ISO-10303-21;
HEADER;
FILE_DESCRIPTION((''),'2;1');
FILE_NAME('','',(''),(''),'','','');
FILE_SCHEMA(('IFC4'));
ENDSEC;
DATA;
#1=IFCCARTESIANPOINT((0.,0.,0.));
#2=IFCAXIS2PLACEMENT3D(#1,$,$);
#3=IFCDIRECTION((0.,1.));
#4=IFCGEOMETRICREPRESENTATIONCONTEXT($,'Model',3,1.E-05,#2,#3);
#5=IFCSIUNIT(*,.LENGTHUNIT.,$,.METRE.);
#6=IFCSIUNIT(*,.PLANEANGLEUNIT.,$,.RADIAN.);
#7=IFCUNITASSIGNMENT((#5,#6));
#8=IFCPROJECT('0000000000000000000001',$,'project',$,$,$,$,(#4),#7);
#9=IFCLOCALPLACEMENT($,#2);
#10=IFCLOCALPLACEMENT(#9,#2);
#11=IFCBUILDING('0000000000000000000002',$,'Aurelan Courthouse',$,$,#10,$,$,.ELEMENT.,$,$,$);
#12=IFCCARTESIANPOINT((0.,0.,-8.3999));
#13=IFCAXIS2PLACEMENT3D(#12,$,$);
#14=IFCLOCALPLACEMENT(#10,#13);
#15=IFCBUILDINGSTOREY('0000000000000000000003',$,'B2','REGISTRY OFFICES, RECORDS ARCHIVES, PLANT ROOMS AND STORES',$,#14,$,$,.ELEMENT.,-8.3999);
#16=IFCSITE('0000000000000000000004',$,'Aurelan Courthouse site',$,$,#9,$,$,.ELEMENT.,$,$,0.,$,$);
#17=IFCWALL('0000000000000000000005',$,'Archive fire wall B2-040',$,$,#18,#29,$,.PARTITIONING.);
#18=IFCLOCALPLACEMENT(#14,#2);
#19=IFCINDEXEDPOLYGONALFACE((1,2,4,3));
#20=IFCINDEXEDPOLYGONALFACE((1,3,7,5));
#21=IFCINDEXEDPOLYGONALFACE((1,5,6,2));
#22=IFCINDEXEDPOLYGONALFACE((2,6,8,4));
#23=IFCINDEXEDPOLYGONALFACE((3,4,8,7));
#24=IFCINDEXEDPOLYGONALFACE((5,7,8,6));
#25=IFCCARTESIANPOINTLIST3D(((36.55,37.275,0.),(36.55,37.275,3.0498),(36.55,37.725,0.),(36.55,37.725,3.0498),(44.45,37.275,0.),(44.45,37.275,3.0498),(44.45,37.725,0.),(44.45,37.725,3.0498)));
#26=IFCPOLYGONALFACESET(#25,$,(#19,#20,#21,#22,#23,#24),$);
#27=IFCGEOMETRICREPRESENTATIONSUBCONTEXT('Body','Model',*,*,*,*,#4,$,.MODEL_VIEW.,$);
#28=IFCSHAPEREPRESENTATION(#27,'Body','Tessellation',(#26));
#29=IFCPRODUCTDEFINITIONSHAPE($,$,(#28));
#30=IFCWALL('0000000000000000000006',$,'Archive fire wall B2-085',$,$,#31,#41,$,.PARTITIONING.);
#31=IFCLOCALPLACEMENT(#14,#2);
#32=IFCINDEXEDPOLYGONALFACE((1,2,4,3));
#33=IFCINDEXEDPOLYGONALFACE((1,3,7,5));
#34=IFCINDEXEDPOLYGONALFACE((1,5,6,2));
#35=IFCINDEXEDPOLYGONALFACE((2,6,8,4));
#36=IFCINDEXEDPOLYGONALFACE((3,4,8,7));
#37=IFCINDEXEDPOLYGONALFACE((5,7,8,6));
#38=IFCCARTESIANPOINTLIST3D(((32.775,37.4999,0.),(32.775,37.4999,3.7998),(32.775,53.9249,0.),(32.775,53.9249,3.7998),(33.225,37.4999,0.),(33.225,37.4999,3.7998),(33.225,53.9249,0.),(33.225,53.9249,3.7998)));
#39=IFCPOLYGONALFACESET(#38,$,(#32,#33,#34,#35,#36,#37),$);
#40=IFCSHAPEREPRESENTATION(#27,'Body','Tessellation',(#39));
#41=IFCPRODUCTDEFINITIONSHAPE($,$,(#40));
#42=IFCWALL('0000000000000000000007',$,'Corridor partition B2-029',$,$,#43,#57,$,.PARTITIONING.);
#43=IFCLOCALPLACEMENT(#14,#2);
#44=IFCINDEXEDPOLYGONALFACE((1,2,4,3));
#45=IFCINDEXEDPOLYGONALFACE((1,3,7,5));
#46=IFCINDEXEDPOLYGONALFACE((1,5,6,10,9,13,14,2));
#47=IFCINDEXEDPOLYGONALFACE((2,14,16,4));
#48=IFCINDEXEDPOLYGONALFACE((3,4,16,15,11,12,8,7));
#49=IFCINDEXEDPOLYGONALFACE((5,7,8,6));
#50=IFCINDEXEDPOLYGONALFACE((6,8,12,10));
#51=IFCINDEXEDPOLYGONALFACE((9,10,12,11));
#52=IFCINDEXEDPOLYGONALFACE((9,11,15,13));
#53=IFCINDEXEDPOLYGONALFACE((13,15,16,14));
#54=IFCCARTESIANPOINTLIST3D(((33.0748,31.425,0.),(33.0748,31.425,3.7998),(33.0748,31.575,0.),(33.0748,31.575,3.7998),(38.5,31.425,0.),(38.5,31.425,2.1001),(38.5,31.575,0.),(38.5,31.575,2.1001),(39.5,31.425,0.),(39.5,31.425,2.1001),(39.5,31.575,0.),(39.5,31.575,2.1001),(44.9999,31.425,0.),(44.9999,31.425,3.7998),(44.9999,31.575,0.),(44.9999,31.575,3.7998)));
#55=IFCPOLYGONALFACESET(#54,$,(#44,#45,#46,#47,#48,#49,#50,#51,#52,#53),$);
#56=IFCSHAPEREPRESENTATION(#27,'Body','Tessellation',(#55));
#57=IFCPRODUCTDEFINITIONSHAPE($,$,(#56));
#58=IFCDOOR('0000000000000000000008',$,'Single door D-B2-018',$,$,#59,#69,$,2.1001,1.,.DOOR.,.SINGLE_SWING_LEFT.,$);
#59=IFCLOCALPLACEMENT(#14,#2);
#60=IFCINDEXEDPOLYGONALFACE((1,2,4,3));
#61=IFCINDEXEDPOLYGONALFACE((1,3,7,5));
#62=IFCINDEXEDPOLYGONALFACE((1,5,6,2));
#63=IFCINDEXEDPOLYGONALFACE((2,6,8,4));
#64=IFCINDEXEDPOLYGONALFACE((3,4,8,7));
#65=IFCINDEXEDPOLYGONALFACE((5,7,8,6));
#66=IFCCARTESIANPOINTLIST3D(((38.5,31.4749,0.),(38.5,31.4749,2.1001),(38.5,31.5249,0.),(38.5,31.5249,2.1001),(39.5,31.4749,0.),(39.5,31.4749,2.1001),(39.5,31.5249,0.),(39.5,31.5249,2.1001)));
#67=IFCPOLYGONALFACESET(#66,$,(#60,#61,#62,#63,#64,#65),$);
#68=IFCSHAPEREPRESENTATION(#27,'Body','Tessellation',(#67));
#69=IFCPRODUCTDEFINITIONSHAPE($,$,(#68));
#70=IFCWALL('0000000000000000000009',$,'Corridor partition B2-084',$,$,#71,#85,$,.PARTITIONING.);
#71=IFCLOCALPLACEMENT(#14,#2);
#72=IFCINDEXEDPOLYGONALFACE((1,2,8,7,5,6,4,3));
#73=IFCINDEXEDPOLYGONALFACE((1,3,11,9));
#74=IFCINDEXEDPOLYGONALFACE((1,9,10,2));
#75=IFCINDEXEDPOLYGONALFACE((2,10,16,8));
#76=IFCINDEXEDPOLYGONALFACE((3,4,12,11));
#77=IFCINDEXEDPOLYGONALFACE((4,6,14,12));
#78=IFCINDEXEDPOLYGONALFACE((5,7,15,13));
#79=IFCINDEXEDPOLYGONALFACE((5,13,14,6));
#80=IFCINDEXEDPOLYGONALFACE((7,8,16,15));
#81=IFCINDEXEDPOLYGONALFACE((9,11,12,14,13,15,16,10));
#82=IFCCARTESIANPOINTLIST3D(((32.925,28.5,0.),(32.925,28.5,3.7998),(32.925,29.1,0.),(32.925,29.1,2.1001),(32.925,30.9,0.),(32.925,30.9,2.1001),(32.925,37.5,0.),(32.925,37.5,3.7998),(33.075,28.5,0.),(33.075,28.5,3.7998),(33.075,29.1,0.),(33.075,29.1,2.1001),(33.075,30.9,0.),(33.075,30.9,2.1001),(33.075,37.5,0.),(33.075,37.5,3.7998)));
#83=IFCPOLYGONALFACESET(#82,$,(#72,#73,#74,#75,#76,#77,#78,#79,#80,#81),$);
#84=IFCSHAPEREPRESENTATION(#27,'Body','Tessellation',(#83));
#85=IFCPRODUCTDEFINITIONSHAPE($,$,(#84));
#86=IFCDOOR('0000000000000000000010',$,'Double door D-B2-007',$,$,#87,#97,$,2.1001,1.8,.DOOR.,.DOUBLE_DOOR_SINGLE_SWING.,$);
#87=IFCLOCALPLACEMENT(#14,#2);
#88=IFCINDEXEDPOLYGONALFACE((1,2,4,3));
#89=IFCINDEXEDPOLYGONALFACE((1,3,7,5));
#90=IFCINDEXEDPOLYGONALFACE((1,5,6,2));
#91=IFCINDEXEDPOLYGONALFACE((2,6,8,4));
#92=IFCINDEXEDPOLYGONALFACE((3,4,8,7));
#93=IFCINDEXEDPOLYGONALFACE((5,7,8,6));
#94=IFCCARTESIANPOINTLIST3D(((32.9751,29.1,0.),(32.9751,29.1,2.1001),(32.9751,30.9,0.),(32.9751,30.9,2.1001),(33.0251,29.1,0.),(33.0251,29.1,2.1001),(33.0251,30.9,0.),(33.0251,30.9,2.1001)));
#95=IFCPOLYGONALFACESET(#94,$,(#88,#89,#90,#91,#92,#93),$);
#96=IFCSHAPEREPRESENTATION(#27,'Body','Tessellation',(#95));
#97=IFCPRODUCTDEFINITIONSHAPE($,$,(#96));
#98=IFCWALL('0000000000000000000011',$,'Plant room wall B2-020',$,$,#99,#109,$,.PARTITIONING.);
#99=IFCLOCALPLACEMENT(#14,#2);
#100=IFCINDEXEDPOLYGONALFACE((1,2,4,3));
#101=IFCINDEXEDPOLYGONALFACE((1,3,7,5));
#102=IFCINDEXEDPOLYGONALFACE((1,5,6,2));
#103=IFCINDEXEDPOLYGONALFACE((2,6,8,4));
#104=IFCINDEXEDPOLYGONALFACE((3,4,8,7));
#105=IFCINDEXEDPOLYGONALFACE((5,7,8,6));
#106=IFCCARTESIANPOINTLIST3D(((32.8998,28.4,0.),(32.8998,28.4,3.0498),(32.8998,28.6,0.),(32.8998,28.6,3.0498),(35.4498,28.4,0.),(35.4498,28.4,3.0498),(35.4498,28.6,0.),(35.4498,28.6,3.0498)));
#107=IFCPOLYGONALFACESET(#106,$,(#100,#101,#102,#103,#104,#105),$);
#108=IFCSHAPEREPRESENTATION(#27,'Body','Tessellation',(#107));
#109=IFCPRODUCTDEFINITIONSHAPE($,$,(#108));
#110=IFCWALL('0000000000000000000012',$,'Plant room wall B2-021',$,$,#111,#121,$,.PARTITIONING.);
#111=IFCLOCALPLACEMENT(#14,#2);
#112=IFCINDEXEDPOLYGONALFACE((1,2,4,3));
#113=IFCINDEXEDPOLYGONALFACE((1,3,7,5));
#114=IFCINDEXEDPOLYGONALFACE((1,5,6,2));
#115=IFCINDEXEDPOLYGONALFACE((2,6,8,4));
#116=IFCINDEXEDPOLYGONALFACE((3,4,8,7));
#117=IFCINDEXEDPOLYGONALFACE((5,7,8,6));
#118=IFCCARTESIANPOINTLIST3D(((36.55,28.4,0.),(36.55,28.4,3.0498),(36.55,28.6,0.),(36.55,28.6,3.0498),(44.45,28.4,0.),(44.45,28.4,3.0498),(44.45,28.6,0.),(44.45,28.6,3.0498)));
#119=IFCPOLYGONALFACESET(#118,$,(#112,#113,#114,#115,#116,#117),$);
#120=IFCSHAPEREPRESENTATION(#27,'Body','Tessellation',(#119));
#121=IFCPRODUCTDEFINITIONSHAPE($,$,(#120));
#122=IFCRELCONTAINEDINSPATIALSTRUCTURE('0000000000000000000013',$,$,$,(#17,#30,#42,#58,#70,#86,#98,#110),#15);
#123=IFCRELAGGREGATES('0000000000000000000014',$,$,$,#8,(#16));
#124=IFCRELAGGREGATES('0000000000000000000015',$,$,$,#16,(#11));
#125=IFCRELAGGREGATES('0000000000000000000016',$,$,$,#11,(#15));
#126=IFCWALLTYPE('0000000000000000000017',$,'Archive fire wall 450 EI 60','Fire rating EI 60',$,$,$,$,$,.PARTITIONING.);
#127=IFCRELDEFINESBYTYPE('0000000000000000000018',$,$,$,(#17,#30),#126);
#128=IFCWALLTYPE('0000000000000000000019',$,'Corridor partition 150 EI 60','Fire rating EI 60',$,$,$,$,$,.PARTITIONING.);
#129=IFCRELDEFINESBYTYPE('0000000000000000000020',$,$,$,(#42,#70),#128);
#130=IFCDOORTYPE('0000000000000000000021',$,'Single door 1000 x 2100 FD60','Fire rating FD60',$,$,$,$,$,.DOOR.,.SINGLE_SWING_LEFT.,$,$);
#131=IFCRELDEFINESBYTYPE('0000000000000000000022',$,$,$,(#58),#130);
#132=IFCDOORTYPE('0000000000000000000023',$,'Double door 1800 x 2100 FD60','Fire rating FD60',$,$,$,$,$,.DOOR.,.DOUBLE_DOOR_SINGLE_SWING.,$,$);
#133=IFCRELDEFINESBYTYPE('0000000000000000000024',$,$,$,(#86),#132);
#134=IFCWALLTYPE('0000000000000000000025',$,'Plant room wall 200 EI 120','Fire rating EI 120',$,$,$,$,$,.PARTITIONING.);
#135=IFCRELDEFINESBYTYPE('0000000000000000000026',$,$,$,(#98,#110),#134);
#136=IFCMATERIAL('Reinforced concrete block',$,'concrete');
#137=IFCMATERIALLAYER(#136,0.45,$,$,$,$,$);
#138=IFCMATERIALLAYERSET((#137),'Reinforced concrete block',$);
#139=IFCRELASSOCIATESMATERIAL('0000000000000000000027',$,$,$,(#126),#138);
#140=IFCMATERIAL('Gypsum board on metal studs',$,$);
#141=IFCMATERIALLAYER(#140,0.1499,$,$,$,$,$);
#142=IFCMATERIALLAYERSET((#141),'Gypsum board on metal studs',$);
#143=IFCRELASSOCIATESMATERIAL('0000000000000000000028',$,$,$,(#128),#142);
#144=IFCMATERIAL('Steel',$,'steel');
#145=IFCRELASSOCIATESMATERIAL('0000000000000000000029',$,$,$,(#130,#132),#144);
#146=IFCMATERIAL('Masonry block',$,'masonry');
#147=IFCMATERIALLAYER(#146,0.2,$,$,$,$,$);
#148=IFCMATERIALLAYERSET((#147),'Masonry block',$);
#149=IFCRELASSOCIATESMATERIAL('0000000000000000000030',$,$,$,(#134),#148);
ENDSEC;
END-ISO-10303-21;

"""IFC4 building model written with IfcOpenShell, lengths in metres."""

from ifc_helpers import new_model, si_unit, direction, frame, frame_2d, origin, place, context, subcontext, project, spatial, rectangle, extrude, material, layer, layer_set, type_object, element, fill, save


model = new_model("IFC4")

# Units and contexts
model_context = context("Model", 3, precision=1e-05, world=origin(), true_north=direction((0.0, 1.0)))
body_context = subcontext(model_context, "Body", "Model", "MODEL_VIEW")
ifc_project = project(units=[si_unit("LENGTHUNIT", "METRE"), si_unit("PLANEANGLEUNIT", "RADIAN")], contexts=[model_context])

# Site, building, storey
site_placement = place(None, origin())
site = spatial("IfcSite", under=ifc_project, at=site_placement, Name="Aurelan Courthouse site", CompositionType="ELEMENT", RefElevation=0.0)
building_placement = place(site_placement, origin())
building = spatial("IfcBuilding", under=site, at=building_placement, Name="Aurelan Courthouse", CompositionType="ELEMENT")
storey_placement = place(building_placement, frame((0.0, 0.0, -8.3999)))
storey = spatial("IfcBuildingStorey", under=building, at=storey_placement, Name="B2", Description="REGISTRY OFFICES, RECORDS ARCHIVES, PLANT ROOMS AND STORES", CompositionType="ELEMENT", Elevation=-8.3999)

# Walls
ifc_material_1 = material(Name="Reinforced concrete block", Category="concrete")
ifc_layer_1 = layer(ifc_material_1, 0.45)
ifc_layer_set_1 = layer_set([ifc_layer_1], Name="Reinforced concrete block")
wall_type_1 = type_object("IfcWallType", Name="Archive fire wall 450 EI 60", Description="Fire rating EI 60", PredefinedType="PARTITIONING", material=ifc_layer_set_1)
wall_1_placement = place(storey_placement, frame((36.55, 37.5, 0.0), z_axis=(0.0, 0.0, 1.0), x_axis=(1.0, 0.0, 0.0)))
element("IfcWall", 1, at=wall_1_placement, inside=storey, type_object=wall_type_1, Name="Archive fire wall B2-040", PredefinedType="PARTITIONING", context=body_context, shape_type="SweptSolid", body=[
    extrude(rectangle(XDim=7.8999, YDim=0.45, at=frame_2d((3.95, 0.0))), origin(), (0.0, 0.0, 1.0), 3.0498),
])
wall_2_placement = place(storey_placement, frame((33.0, 37.5, 0.0), z_axis=(0.0, 0.0, 1.0), x_axis=(0.0, 1.0, 0.0)))
element("IfcWall", 2, at=wall_2_placement, inside=storey, type_object=wall_type_1, Name="Archive fire wall B2-085", PredefinedType="PARTITIONING", context=body_context, shape_type="SweptSolid", body=[
    extrude(rectangle(XDim=16.425, YDim=0.45, at=frame_2d((8.2124, 0.0))), origin(), (0.0, 0.0, 1.0), 3.7998),
])

# Walls, openings, doors
ifc_material_2 = material(Name="Gypsum board on metal studs")
ifc_layer_2 = layer(ifc_material_2, 0.1499)
ifc_layer_set_2 = layer_set([ifc_layer_2], Name="Gypsum board on metal studs")
wall_type_2 = type_object("IfcWallType", Name="Corridor partition 150 EI 60", Description="Fire rating EI 60", PredefinedType="PARTITIONING", material=ifc_layer_set_2)
wall_3_placement = place(storey_placement, frame((33.075, 31.5, 0.0), z_axis=(0.0, 0.0, 1.0), x_axis=(1.0, 0.0, 0.0)))
wall_3 = element("IfcWall", 3, at=wall_3_placement, inside=storey, type_object=wall_type_2, Name="Corridor partition B2-029", PredefinedType="PARTITIONING", context=body_context, shape_type="SweptSolid", body=[
    extrude(rectangle(XDim=11.925, YDim=0.1499, at=frame_2d((5.9624, 0.0))), origin(), (0.0, 0.0, 1.0), 3.7998),
])
opening_1_placement = place(wall_3_placement, frame((5.425, 0.0, 0.0)))
opening_1 = element("IfcOpeningElement", 4, at=opening_1_placement, cuts=wall_3, PredefinedType="OPENING", context=body_context, shape_type="SweptSolid", body=[
    extrude(rectangle(XDim=1.0, YDim=2.1001, at=frame_2d((0.5, 1.05))), frame((0.0, 0.085, 0.0), z_axis=(0.0, -1.0, 0.0), x_axis=(1.0, 0.0, 0.0)), (0.0, 0.0, 1.0), 0.1699),
])
ifc_material_3 = material(Name="Steel", Category="steel")
door_type_1 = type_object("IfcDoorType", Name="Single door 1000 x 2100 FD60", Description="Fire rating FD60", OperationType="SINGLE_SWING_LEFT", PredefinedType="DOOR", material=ifc_material_3)
door_1_placement = place(opening_1_placement, origin())
door_1 = element("IfcDoor", 5, at=door_1_placement, inside=storey, type_object=door_type_1, Name="Single door D-B2-018", OperationType="SINGLE_SWING_LEFT", OverallHeight=2.1001, OverallWidth=1.0, PredefinedType="DOOR", context=body_context, shape_type="SweptSolid", body=[
    extrude(rectangle(XDim=1.0, YDim=2.1001, at=frame_2d((0.5, 1.05))), frame((0.0, 0.0249, 0.0), z_axis=(0.0, -1.0, 0.0), x_axis=(1.0, 0.0, 0.0)), (0.0, 0.0, 1.0), 0.05),
])
fill(opening_1, door_1)
wall_4_placement = place(storey_placement, frame((33.0, 28.5, 0.0), z_axis=(0.0, 0.0, 1.0), x_axis=(0.0, 1.0, 0.0)))
wall_4 = element("IfcWall", 6, at=wall_4_placement, inside=storey, type_object=wall_type_2, Name="Corridor partition B2-084", PredefinedType="PARTITIONING", context=body_context, shape_type="SweptSolid", body=[
    extrude(rectangle(XDim=9.0, YDim=0.1499, at=frame_2d((4.5, 0.0))), origin(), (0.0, 0.0, 1.0), 3.7998),
])
opening_2_placement = place(wall_4_placement, frame((0.6001, 0.0, 0.0)))
opening_2 = element("IfcOpeningElement", 7, at=opening_2_placement, cuts=wall_4, PredefinedType="OPENING", context=body_context, shape_type="SweptSolid", body=[
    extrude(rectangle(XDim=1.8, YDim=2.1001, at=frame_2d((0.8999, 1.05))), frame((0.0, 0.085, 0.0), z_axis=(0.0, -1.0, 0.0), x_axis=(1.0, 0.0, 0.0)), (0.0, 0.0, 1.0), 0.1699),
])
door_type_2 = type_object("IfcDoorType", Name="Double door 1800 x 2100 FD60", Description="Fire rating FD60", OperationType="DOUBLE_DOOR_SINGLE_SWING", PredefinedType="DOOR", material=ifc_material_3)
door_2_placement = place(opening_2_placement, origin())
door_2 = element("IfcDoor", 8, at=door_2_placement, inside=storey, type_object=door_type_2, Name="Double door D-B2-007", OperationType="DOUBLE_DOOR_SINGLE_SWING", OverallHeight=2.1001, OverallWidth=1.8, PredefinedType="DOOR", context=body_context, shape_type="SweptSolid", body=[
    extrude(rectangle(XDim=1.8, YDim=2.1001, at=frame_2d((0.8999, 1.05))), frame((0.0, 0.0249, 0.0), z_axis=(0.0, -1.0, 0.0), x_axis=(1.0, 0.0, 0.0)), (0.0, 0.0, 1.0), 0.05),
])
fill(opening_2, door_2)

# Walls
ifc_material_4 = material(Name="Masonry block", Category="masonry")
ifc_layer_3 = layer(ifc_material_4, 0.2)
ifc_layer_set_3 = layer_set([ifc_layer_3], Name="Masonry block")
wall_type_3 = type_object("IfcWallType", Name="Plant room wall 200 EI 120", Description="Fire rating EI 120", PredefinedType="PARTITIONING", material=ifc_layer_set_3)
wall_5_placement = place(storey_placement, frame((32.8999, 28.5, 0.0), z_axis=(0.0, 0.0, 1.0), x_axis=(1.0, 0.0, 0.0)))
element("IfcWall", 9, at=wall_5_placement, inside=storey, type_object=wall_type_3, Name="Plant room wall B2-020", PredefinedType="PARTITIONING", context=body_context, shape_type="SweptSolid", body=[
    extrude(rectangle(XDim=2.55, YDim=0.2, at=frame_2d((1.2749, 0.0))), origin(), (0.0, 0.0, 1.0), 3.0498),
])
wall_6_placement = place(storey_placement, frame((36.55, 28.5, 0.0), z_axis=(0.0, 0.0, 1.0), x_axis=(1.0, 0.0, 0.0)))
element("IfcWall", 10, at=wall_6_placement, inside=storey, type_object=wall_type_3, Name="Plant room wall B2-021", PredefinedType="PARTITIONING", context=body_context, shape_type="SweptSolid", body=[
    extrude(rectangle(XDim=7.8999, YDim=0.2, at=frame_2d((3.95, 0.0))), origin(), (0.0, 0.0, 1.0), 3.0498),
])

save(model, "model.ifc")
